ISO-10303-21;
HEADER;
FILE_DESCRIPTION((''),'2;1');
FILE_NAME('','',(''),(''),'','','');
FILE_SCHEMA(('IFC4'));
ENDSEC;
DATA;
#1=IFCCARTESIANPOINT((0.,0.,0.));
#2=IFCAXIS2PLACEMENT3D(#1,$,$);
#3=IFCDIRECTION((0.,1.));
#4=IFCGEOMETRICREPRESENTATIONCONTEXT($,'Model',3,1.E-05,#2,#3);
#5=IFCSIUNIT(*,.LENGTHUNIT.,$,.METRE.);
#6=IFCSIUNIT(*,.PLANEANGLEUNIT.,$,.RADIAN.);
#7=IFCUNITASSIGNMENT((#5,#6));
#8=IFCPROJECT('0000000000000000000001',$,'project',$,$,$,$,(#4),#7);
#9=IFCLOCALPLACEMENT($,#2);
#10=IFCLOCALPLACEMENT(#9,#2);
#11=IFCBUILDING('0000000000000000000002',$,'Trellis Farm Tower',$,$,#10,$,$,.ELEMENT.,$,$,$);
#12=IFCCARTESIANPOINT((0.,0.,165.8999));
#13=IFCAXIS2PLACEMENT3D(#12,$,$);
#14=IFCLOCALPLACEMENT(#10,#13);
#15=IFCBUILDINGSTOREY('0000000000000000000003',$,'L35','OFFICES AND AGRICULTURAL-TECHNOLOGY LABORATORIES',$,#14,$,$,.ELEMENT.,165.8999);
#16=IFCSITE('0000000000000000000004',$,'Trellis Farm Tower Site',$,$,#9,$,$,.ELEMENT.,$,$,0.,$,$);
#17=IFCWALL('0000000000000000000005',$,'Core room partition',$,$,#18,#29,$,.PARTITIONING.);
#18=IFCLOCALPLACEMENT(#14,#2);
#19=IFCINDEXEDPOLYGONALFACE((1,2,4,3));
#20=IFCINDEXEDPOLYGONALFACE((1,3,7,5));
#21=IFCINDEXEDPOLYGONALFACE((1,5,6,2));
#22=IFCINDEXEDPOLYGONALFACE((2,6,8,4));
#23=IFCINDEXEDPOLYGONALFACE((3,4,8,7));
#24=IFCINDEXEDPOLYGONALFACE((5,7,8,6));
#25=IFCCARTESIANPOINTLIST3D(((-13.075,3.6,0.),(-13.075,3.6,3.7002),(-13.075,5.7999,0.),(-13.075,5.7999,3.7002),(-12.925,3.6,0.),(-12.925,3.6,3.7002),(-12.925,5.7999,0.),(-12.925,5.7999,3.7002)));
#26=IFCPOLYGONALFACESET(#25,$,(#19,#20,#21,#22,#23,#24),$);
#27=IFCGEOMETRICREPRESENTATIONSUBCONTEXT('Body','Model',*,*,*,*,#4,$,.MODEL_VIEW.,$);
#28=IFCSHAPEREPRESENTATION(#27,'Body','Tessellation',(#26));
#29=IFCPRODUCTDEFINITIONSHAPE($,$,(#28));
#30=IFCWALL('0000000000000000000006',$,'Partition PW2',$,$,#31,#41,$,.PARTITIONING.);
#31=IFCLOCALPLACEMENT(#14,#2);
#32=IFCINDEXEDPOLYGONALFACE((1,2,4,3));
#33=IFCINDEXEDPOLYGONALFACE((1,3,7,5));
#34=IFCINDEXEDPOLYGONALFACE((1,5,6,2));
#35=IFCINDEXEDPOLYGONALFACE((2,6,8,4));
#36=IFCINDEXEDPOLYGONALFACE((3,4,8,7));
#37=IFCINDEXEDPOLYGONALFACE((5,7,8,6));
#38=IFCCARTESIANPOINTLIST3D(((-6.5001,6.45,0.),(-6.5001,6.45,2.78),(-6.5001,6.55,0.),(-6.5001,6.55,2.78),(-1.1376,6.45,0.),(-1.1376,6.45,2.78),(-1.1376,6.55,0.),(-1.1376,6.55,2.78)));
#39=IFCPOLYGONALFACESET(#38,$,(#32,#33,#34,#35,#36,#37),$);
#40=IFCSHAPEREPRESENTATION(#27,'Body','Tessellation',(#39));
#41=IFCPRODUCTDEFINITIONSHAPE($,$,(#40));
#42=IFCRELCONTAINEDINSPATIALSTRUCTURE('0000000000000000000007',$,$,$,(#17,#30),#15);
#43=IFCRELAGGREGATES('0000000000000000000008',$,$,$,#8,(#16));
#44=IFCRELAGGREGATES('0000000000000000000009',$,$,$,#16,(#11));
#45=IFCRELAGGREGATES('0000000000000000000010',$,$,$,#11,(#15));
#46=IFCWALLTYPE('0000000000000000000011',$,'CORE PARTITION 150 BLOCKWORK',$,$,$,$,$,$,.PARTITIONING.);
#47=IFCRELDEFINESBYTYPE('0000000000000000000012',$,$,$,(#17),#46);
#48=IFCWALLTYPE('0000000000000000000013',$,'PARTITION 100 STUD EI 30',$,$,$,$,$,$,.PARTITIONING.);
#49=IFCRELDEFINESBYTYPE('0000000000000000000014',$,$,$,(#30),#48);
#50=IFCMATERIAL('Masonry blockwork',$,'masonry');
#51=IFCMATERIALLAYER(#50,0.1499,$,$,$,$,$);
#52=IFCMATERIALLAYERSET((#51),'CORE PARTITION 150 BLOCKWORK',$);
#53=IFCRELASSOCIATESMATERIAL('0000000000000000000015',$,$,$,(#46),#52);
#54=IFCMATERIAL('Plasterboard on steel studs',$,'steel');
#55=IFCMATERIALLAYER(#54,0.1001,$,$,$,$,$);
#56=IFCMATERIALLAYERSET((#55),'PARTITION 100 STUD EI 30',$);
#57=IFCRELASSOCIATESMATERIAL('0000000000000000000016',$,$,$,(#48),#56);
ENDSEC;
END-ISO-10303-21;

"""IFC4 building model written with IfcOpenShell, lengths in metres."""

from ifc_helpers import new_model, si_unit, direction, frame, frame_2d, origin, place, context, subcontext, project, spatial, rectangle, extrude, source, transform, mapped, material, layer, layer_set, type_object, element, save


model = new_model("IFC4")

# Units and contexts
model_context = context("Model", 3, precision=1e-05, world=origin(), true_north=direction((0.0, 1.0)))
body_context = subcontext(model_context, "Body", "Model", "MODEL_VIEW")
ifc_project = project(units=[si_unit("LENGTHUNIT", "METRE"), si_unit("PLANEANGLEUNIT", "RADIAN")], contexts=[model_context])

# Site, building, storey
site_placement = place(None, origin())
site = spatial("IfcSite", under=ifc_project, at=site_placement, Name="Trellis Farm Tower Site", CompositionType="ELEMENT", RefElevation=0.0)
building_placement = place(site_placement, origin())
building = spatial("IfcBuilding", under=site, at=building_placement, Name="Trellis Farm Tower", CompositionType="ELEMENT")
storey_placement = place(building_placement, frame((0.0, 0.0, 165.8999)))
storey = spatial("IfcBuildingStorey", under=building, at=storey_placement, Name="L35", Description="OFFICES AND AGRICULTURAL-TECHNOLOGY LABORATORIES", CompositionType="ELEMENT", Elevation=165.8999)

# Walls
ifc_material_1 = material(Name="Masonry blockwork", Category="masonry")
ifc_layer_1 = layer(ifc_material_1, 0.1499)
ifc_layer_set_1 = layer_set([ifc_layer_1], Name="CORE PARTITION 150 BLOCKWORK")
wall_type_1 = type_object("IfcWallType", Name="CORE PARTITION 150 BLOCKWORK", PredefinedType="PARTITIONING", material=ifc_layer_set_1)
shared_shape_1 = source(origin(), body_context, "Body", "SweptSolid", [
    extrude(rectangle(XDim=2.2, YDim=0.1499, at=frame_2d((1.1001, 0.0))), origin(), (0.0, 0.0, 1.0), 3.7002),
])
wall_1_placement = place(storey_placement, frame((-13.0, 5.8, 0.0), z_axis=(0.0, 0.0, 1.0), x_axis=(0.0, -1.0, 0.0)))
element("IfcWall", 1, at=wall_1_placement, inside=storey, type_object=wall_type_1, Name="Core room partition", PredefinedType="PARTITIONING", context=body_context, shape_type="MappedRepresentation", body=[
    mapped(shared_shape_1, transform((0.0, 0.0, 0.0))),
])
ifc_material_2 = material(Name="Plasterboard on steel studs", Category="steel")
ifc_layer_2 = layer(ifc_material_2, 0.1001)
ifc_layer_set_2 = layer_set([ifc_layer_2], Name="PARTITION 100 STUD EI 30")
wall_type_2 = type_object("IfcWallType", Name="PARTITION 100 STUD EI 30", PredefinedType="PARTITIONING", material=ifc_layer_set_2)
shared_shape_2 = source(origin(), body_context, "Body", "SweptSolid", [
    extrude(rectangle(XDim=5.3625, YDim=0.1001, at=frame_2d((2.6812, 0.0))), origin(), (0.0, 0.0, 1.0), 2.78),
])
wall_2_placement = place(storey_placement, frame((-6.5, 6.5, 0.0), z_axis=(0.0, 0.0, 1.0), x_axis=(1.0, 0.0, 0.0)))
element("IfcWall", 2, at=wall_2_placement, inside=storey, type_object=wall_type_2, Name="Partition PW2", PredefinedType="PARTITIONING", context=body_context, shape_type="MappedRepresentation", body=[
    mapped(shared_shape_2, transform((0.0, 0.0, 0.0))),
])

save(model, "model.ifc")
